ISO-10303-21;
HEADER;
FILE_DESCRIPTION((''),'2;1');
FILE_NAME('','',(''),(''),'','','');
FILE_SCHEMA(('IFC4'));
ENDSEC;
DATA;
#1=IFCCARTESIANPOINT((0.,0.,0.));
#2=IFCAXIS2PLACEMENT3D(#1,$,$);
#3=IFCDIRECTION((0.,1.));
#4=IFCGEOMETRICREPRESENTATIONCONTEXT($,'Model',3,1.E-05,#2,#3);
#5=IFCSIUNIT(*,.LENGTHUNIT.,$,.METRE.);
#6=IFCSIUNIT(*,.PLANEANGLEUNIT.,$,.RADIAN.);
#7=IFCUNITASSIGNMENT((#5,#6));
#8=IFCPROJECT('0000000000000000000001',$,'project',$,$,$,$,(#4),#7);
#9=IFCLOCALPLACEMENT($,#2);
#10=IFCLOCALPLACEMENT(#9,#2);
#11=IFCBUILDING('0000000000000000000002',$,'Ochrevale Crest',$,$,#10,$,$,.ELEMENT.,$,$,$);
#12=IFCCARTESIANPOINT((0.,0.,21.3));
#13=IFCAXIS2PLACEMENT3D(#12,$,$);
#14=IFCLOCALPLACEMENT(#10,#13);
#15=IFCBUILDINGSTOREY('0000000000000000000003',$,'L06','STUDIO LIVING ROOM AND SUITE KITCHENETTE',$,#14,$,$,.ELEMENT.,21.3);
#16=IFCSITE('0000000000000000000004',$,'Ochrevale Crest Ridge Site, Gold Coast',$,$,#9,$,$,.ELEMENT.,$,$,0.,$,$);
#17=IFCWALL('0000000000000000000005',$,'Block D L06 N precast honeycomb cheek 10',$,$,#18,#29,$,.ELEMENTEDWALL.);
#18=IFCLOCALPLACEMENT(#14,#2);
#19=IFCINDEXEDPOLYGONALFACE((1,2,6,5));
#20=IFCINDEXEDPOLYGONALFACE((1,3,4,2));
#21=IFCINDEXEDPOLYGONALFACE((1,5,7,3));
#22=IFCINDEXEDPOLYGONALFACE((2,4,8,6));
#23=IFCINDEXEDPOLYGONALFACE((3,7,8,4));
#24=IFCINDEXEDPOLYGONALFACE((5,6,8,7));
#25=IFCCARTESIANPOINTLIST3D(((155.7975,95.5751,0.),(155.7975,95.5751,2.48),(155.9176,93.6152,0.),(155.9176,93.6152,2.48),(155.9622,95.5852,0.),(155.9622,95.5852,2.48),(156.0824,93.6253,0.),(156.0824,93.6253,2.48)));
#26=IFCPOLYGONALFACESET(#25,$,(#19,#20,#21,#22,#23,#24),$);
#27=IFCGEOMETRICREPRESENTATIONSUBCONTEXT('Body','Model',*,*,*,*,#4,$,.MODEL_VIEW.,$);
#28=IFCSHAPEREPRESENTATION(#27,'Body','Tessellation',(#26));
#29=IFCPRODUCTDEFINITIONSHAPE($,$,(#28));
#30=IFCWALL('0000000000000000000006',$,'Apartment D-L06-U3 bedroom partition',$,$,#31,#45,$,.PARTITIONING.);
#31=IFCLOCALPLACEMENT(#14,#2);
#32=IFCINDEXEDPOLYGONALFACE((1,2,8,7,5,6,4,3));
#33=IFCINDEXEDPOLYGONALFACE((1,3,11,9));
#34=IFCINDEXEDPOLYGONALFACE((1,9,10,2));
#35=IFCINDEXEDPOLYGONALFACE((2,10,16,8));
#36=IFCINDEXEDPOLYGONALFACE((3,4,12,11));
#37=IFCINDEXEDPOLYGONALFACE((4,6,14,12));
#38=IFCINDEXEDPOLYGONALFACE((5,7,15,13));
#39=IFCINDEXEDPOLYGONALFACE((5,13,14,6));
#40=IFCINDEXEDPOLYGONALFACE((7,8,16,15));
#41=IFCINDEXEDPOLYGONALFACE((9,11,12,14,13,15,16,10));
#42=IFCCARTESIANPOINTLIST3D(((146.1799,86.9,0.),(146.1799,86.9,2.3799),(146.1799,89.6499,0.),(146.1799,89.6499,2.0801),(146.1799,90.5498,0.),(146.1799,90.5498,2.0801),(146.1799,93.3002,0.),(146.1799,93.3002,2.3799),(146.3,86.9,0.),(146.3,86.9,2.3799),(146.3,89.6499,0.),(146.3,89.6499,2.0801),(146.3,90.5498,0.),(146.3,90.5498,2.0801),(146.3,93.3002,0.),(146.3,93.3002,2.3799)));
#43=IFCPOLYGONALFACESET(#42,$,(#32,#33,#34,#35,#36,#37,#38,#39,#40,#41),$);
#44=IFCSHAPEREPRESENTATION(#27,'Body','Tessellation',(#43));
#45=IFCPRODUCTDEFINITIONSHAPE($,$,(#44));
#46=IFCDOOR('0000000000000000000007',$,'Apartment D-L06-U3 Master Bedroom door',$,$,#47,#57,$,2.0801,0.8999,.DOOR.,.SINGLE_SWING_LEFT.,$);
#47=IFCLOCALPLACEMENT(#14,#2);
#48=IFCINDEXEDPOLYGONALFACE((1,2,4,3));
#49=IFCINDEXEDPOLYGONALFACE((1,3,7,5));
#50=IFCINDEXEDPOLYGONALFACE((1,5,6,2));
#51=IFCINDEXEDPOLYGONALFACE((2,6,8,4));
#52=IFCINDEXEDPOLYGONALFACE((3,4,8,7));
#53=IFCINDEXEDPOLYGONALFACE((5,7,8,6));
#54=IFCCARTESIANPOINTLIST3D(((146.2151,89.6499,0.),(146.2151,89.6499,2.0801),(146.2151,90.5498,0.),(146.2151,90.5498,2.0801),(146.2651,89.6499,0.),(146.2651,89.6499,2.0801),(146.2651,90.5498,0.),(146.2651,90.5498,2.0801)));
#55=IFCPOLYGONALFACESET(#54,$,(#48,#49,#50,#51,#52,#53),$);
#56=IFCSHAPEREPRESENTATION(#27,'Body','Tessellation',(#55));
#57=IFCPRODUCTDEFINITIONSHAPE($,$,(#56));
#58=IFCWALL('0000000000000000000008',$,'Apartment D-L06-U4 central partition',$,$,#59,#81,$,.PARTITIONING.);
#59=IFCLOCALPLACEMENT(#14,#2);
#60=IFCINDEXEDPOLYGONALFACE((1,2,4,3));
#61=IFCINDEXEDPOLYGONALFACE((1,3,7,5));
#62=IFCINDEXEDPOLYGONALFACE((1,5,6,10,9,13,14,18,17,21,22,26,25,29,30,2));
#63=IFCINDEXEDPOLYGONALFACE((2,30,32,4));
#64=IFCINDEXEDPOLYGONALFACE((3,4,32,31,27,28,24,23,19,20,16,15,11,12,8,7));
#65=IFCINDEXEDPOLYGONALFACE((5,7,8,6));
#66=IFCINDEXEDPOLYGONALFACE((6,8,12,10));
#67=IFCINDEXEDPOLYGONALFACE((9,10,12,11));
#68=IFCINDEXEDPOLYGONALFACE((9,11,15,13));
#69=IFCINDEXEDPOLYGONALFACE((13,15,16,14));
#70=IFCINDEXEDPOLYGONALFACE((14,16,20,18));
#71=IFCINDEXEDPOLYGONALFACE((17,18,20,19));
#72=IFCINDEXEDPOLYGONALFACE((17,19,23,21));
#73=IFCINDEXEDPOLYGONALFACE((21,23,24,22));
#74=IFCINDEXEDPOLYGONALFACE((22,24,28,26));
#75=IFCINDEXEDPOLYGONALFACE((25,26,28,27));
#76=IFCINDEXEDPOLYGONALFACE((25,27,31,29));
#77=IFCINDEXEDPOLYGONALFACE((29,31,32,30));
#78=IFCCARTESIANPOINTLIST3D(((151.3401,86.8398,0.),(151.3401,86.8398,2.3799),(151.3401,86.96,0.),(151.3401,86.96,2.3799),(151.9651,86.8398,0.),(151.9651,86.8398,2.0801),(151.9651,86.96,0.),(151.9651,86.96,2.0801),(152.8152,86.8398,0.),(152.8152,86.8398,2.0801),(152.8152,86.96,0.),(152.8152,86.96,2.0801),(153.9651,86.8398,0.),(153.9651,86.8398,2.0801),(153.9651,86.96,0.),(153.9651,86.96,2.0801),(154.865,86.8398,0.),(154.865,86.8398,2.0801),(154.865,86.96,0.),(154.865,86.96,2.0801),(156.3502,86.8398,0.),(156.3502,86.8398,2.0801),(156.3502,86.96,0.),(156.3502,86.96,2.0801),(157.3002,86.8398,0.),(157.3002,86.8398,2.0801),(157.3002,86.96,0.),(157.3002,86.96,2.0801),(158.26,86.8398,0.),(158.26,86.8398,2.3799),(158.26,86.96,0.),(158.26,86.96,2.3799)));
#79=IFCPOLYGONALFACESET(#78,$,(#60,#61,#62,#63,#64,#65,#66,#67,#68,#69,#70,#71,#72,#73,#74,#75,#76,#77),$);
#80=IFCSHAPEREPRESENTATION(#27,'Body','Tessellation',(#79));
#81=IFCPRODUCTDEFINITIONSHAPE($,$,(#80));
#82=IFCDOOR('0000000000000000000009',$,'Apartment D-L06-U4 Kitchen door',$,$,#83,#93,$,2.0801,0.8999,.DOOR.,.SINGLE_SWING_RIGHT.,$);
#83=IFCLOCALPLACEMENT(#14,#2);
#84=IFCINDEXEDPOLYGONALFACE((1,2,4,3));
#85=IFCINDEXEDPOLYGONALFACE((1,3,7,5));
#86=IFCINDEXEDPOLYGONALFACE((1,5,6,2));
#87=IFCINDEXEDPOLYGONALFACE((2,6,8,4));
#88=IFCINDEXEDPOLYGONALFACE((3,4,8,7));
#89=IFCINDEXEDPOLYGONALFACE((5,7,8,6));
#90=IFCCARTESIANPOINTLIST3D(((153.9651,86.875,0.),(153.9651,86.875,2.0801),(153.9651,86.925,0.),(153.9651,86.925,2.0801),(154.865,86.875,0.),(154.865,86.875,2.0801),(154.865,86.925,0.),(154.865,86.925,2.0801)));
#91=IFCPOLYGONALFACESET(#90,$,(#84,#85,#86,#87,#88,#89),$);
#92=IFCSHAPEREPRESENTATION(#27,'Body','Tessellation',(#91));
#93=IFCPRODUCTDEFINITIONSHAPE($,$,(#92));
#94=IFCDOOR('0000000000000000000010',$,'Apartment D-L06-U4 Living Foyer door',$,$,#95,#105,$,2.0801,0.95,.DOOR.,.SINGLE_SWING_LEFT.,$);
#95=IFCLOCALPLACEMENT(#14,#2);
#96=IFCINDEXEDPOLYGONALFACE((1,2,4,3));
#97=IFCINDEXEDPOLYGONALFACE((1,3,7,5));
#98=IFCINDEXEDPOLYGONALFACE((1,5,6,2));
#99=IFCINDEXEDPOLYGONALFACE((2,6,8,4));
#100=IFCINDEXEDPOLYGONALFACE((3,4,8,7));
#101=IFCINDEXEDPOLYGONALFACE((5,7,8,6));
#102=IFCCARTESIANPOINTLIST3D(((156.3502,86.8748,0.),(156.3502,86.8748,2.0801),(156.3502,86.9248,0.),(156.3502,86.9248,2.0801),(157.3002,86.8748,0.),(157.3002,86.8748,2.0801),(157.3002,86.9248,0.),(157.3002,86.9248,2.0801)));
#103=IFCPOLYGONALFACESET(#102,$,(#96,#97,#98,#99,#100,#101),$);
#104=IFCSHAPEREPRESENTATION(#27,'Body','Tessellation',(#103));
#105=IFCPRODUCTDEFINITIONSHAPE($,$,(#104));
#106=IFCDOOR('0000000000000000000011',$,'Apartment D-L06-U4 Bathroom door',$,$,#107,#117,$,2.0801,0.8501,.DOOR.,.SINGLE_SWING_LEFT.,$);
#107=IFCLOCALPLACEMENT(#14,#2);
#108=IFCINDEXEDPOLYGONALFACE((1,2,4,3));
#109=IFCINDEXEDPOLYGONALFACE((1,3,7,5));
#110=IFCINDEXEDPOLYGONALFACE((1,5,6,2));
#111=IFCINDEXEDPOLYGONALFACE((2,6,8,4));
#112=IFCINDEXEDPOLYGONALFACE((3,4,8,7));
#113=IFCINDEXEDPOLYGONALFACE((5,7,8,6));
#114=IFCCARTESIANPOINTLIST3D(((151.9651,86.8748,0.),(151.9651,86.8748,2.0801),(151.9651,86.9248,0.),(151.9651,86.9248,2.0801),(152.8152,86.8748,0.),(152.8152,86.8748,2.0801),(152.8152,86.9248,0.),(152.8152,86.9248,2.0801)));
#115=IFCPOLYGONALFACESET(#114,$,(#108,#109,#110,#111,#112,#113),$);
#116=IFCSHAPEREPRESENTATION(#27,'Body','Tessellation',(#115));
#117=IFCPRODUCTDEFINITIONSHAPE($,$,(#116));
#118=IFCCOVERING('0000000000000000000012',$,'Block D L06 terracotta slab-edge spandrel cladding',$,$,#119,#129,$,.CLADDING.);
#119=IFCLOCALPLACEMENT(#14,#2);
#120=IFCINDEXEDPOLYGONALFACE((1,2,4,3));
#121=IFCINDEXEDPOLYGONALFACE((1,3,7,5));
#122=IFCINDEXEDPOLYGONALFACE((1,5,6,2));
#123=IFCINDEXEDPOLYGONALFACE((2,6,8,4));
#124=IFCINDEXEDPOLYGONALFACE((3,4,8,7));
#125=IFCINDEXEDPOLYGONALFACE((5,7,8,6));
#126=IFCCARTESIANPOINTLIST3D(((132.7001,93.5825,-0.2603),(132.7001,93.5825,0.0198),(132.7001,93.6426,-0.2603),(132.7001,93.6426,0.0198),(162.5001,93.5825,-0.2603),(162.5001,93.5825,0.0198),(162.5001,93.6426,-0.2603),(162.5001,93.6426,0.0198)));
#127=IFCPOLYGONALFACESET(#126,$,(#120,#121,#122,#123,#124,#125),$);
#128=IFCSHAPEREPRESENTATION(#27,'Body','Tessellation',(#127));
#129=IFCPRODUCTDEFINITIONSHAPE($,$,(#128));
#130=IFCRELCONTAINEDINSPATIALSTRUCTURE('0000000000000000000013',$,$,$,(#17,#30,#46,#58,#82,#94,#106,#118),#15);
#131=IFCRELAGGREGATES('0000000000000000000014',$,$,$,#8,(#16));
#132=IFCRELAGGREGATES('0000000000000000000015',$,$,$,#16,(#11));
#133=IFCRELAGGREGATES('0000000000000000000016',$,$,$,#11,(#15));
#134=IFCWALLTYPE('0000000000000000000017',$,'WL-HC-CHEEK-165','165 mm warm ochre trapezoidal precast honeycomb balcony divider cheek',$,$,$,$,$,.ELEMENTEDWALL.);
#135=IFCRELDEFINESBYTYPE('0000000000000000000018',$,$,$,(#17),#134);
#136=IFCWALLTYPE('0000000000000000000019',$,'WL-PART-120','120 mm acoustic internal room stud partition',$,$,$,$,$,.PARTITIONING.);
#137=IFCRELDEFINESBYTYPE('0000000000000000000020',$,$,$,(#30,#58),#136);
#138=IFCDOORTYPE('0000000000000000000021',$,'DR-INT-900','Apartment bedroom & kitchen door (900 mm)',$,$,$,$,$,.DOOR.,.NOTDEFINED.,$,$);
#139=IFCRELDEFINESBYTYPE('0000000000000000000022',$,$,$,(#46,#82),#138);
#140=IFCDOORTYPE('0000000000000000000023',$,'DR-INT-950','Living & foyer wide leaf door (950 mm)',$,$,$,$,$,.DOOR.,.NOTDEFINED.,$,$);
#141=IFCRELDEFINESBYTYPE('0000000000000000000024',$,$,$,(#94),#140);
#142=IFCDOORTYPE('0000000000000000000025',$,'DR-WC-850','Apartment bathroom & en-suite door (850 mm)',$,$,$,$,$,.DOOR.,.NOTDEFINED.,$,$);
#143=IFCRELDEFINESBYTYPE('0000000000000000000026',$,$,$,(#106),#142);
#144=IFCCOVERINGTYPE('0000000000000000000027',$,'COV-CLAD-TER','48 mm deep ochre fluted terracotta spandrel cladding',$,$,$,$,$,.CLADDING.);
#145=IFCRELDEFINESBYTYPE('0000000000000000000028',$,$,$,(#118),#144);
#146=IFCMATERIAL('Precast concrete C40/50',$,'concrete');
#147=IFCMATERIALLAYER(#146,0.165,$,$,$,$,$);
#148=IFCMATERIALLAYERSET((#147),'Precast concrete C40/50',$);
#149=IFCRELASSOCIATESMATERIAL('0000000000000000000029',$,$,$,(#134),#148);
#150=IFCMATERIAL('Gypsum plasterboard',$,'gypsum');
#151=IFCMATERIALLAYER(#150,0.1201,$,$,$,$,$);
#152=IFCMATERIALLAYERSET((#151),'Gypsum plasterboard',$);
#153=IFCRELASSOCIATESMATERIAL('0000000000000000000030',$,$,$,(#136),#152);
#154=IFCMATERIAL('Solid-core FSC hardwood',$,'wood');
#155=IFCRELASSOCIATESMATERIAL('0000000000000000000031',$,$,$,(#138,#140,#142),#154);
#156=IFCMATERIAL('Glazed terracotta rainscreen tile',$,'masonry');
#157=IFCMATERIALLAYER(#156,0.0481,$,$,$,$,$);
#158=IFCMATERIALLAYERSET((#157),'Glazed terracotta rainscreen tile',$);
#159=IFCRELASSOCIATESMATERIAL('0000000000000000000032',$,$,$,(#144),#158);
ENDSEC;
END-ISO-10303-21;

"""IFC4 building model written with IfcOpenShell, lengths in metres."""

from ifc_helpers import new_model, si_unit, direction, frame, frame_2d, origin, origin_2d, place, context, subcontext, project, spatial, rectangle, extrude, material, layer, layer_set, type_object, element, fill, save


model = new_model("IFC4")

# Units and contexts
model_context = context("Model", 3, precision=1e-05, world=origin(), true_north=direction((0.0, 1.0)))
body_context = subcontext(model_context, "Body", "Model", "MODEL_VIEW")
ifc_project = project(units=[si_unit("LENGTHUNIT", "METRE"), si_unit("PLANEANGLEUNIT", "RADIAN")], contexts=[model_context])

# Site, building, storey
site_placement = place(None, origin())
site = spatial("IfcSite", under=ifc_project, at=site_placement, Name="Ochrevale Crest Ridge Site, Gold Coast", CompositionType="ELEMENT", RefElevation=0.0)
building_placement = place(site_placement, origin())
building = spatial("IfcBuilding", under=site, at=building_placement, Name="Ochrevale Crest", CompositionType="ELEMENT")
storey_placement = place(building_placement, frame((0.0, 0.0, 21.3)))
storey = spatial("IfcBuildingStorey", under=building, at=storey_placement, Name="L06", Description="STUDIO LIVING ROOM AND SUITE KITCHENETTE", CompositionType="ELEMENT", Elevation=21.3)

# Shared definitions
ifc_material_1 = material(Name="Precast concrete C40/50", Category="concrete")

# Wall
ifc_layer_1 = layer(ifc_material_1, 0.165)
ifc_layer_set_1 = layer_set([ifc_layer_1], Name="Precast concrete C40/50")
wall_type_1 = type_object("IfcWallType", Name="WL-HC-CHEEK-165", Description="165 mm warm ochre trapezoidal precast honeycomb balcony divider cheek", PredefinedType="ELEMENTEDWALL", material=ifc_layer_set_1)
for number, where, z_axis, x_axis, name in (
    (1, (156.0, 93.6201, 0.0), (0.0, 0.0, 1.0), (-0.061171, 0.998127, 0.0), "Block D L06 N precast honeycomb cheek 10"),
):
    element("IfcWall", number, at=place(storey_placement, frame(where, z_axis=z_axis, x_axis=x_axis)), inside=storey, type_object=wall_type_1, Name=name, PredefinedType="ELEMENTEDWALL", context=body_context, shape_type="SweptSolid", body=[
        extrude(rectangle(XDim=1.9636, YDim=0.165, at=frame_2d((0.9819, 0.0))), origin(), (0.0, 0.0, 1.0), 2.48),
    ])

# Wall, opening, door
ifc_material_2 = material(Name="Gypsum plasterboard", Category="gypsum")
ifc_layer_2 = layer(ifc_material_2, 0.1201)
ifc_layer_set_2 = layer_set([ifc_layer_2], Name="Gypsum plasterboard")
wall_type_2 = type_object("IfcWallType", Name="WL-PART-120", Description="120 mm acoustic internal room stud partition", PredefinedType="PARTITIONING", material=ifc_layer_set_2)
wall_1_placement = place(storey_placement, frame((146.24, 86.8999, 0.0), z_axis=(0.0, 0.0, 1.0), x_axis=(0.0, 1.0, 0.0)))
wall_1 = element("IfcWall", 2, at=wall_1_placement, inside=storey, type_object=wall_type_2, Name="Apartment D-L06-U3 bedroom partition", PredefinedType="PARTITIONING", context=body_context, shape_type="SweptSolid", body=[
    extrude(rectangle(XDim=6.4001, YDim=0.1201, at=frame_2d((3.2002, 0.0))), origin(), (0.0, 0.0, 1.0), 2.3799),
])
opening_1_placement = place(wall_1_placement, frame((2.75, 0.0, 0.0)))
opening_1 = element("IfcOpeningElement", 3, at=opening_1_placement, cuts=wall_1, PredefinedType="OPENING", context=body_context, shape_type="SweptSolid", body=[
    extrude(rectangle(XDim=0.8999, YDim=2.0801, at=frame_2d((0.45, 1.04))), frame((0.0, 0.0701, 0.0), z_axis=(0.0, -1.0, 0.0), x_axis=(1.0, 0.0, 0.0)), (0.0, 0.0, 1.0), 0.1401),
])
ifc_material_3 = material(Name="Solid-core FSC hardwood", Category="wood")
door_type_1 = type_object("IfcDoorType", Name="DR-INT-900", Description="Apartment bedroom & kitchen door (900 mm)", OperationType="NOTDEFINED", PredefinedType="DOOR", material=ifc_material_3)
door_1_placement = place(opening_1_placement, origin())
door_1 = element("IfcDoor", 4, at=door_1_placement, inside=storey, type_object=door_type_1, Name="Apartment D-L06-U3 Master Bedroom door", OperationType="SINGLE_SWING_LEFT", OverallHeight=2.0801, OverallWidth=0.8999, PredefinedType="DOOR", context=body_context, shape_type="SweptSolid", body=[
    extrude(rectangle(XDim=0.8999, YDim=2.0801, at=frame_2d((0.45, 1.04))), frame((0.0, 0.0249, 0.0), z_axis=(0.0, -1.0, 0.0), x_axis=(1.0, 0.0, 0.0)), (0.0, 0.0, 1.0), 0.05),
])
fill(opening_1, door_1)

# Wall, openings, doors
wall_2_placement = place(storey_placement, frame((151.3401, 86.8999, 0.0), z_axis=(0.0, 0.0, 1.0), x_axis=(1.0, 0.0, 0.0)))
wall_2 = element("IfcWall", 5, at=wall_2_placement, inside=storey, type_object=wall_type_2, Name="Apartment D-L06-U4 central partition", PredefinedType="PARTITIONING", context=body_context, shape_type="SweptSolid", body=[
    extrude(rectangle(XDim=6.9199, YDim=0.1201, at=frame_2d((3.46, 0.0))), origin(), (0.0, 0.0, 1.0), 2.3799),
])
opening_2_placement = place(wall_2_placement, frame((0.625, 0.0, 0.0)))
opening_2 = element("IfcOpeningElement", 6, at=opening_2_placement, cuts=wall_2, PredefinedType="OPENING", context=body_context, shape_type="SweptSolid", body=[
    extrude(rectangle(XDim=0.8501, YDim=2.0801, at=frame_2d((0.425, 1.04))), frame((0.0, 0.0701, 0.0), z_axis=(0.0, -1.0, 0.0), x_axis=(1.0, 0.0, 0.0)), (0.0, 0.0, 1.0), 0.1401),
])
opening_3_placement = place(wall_2_placement, frame((3.5249, 0.0, 0.0), z_axis=(0.0, 0.0, 1.0), x_axis=(-1.0, 0.0, 0.0)))
opening_3 = element("IfcOpeningElement", 7, at=opening_3_placement, cuts=wall_2, PredefinedType="OPENING", context=body_context, shape_type="SweptSolid", body=[
    extrude(rectangle(XDim=0.8999, YDim=2.0801, at=frame_2d((0.45, 1.04))), frame((0.0, 0.0701, 0.0), z_axis=(0.0, -1.0, 0.0), x_axis=(1.0, 0.0, 0.0)), (0.0, 0.0, 1.0), 0.1401),
])
opening_4_placement = place(wall_2_placement, frame((5.01, 0.0, 0.0)))
opening_4 = element("IfcOpeningElement", 8, at=opening_4_placement, cuts=wall_2, PredefinedType="OPENING", context=body_context, shape_type="SweptSolid", body=[
    extrude(rectangle(XDim=0.95, YDim=2.0801, at=frame_2d((0.4751, 1.04))), frame((0.0, 0.0701, 0.0), z_axis=(0.0, -1.0, 0.0), x_axis=(1.0, 0.0, 0.0)), (0.0, 0.0, 1.0), 0.1401),
])
door_2_placement = place(opening_3_placement, origin())
door_2 = element("IfcDoor", 9, at=door_2_placement, inside=storey, type_object=door_type_1, Name="Apartment D-L06-U4 Kitchen door", OperationType="SINGLE_SWING_RIGHT", OverallHeight=2.0801, OverallWidth=0.8999, PredefinedType="DOOR", context=body_context, shape_type="SweptSolid", body=[
    extrude(rectangle(XDim=0.8999, YDim=2.0801, at=frame_2d((0.45, 1.04))), frame((0.0, 0.0249, 0.0), z_axis=(0.0, -1.0, 0.0), x_axis=(1.0, 0.0, 0.0)), (0.0, 0.0, 1.0), 0.05),
])
fill(opening_3, door_2)
door_type_2 = type_object("IfcDoorType", Name="DR-INT-950", Description="Living & foyer wide leaf door (950 mm)", OperationType="NOTDEFINED", PredefinedType="DOOR", material=ifc_material_3)
door_3_placement = place(opening_4_placement, origin())
door_3 = element("IfcDoor", 10, at=door_3_placement, inside=storey, type_object=door_type_2, Name="Apartment D-L06-U4 Living Foyer door", OperationType="SINGLE_SWING_LEFT", OverallHeight=2.0801, OverallWidth=0.95, PredefinedType="DOOR", context=body_context, shape_type="SweptSolid", body=[
    extrude(rectangle(XDim=0.95, YDim=2.0801, at=frame_2d((0.4751, 1.04))), frame((0.0, 0.0249, 0.0), z_axis=(0.0, -1.0, 0.0), x_axis=(1.0, 0.0, 0.0)), (0.0, 0.0, 1.0), 0.05),
])
fill(opening_4, door_3)
door_type_3 = type_object("IfcDoorType", Name="DR-WC-850", Description="Apartment bathroom & en-suite door (850 mm)", OperationType="NOTDEFINED", PredefinedType="DOOR", material=ifc_material_3)
door_4_placement = place(opening_2_placement, origin())
door_4 = element("IfcDoor", 11, at=door_4_placement, inside=storey, type_object=door_type_3, Name="Apartment D-L06-U4 Bathroom door", OperationType="SINGLE_SWING_LEFT", OverallHeight=2.0801, OverallWidth=0.8501, PredefinedType="DOOR", context=body_context, shape_type="SweptSolid", body=[
    extrude(rectangle(XDim=0.8501, YDim=2.0801, at=frame_2d((0.425, 1.04))), frame((0.0, 0.0249, 0.0), z_axis=(0.0, -1.0, 0.0), x_axis=(1.0, 0.0, 0.0)), (0.0, 0.0, 1.0), 0.05),
])
fill(opening_2, door_4)

# Covering
ifc_material_4 = material(Name="Glazed terracotta rainscreen tile", Category="masonry")
ifc_layer_3 = layer(ifc_material_4, 0.0481)
ifc_layer_set_3 = layer_set([ifc_layer_3], Name="Glazed terracotta rainscreen tile")
covering_type = type_object("IfcCoveringType", Name="COV-CLAD-TER", Description="48 mm deep ochre fluted terracotta spandrel cladding", PredefinedType="CLADDING", material=ifc_layer_set_3)
covering_placement = place(storey_placement, frame((147.6001, 93.6125, -0.2603), z_axis=(0.0, 0.0, 1.0), x_axis=(-1.0, 0.0, 0.0)))
element("IfcCovering", 12, at=covering_placement, inside=storey, type_object=covering_type, Name="Block D L06 terracotta slab-edge spandrel cladding", PredefinedType="CLADDING", context=body_context, shape_type="SweptSolid", body=[
    extrude(rectangle(XDim=29.8, YDim=0.0601, at=origin_2d()), origin(), (0.0, 0.0, 1.0), 0.28),
])

save(model, "model.ifc")
